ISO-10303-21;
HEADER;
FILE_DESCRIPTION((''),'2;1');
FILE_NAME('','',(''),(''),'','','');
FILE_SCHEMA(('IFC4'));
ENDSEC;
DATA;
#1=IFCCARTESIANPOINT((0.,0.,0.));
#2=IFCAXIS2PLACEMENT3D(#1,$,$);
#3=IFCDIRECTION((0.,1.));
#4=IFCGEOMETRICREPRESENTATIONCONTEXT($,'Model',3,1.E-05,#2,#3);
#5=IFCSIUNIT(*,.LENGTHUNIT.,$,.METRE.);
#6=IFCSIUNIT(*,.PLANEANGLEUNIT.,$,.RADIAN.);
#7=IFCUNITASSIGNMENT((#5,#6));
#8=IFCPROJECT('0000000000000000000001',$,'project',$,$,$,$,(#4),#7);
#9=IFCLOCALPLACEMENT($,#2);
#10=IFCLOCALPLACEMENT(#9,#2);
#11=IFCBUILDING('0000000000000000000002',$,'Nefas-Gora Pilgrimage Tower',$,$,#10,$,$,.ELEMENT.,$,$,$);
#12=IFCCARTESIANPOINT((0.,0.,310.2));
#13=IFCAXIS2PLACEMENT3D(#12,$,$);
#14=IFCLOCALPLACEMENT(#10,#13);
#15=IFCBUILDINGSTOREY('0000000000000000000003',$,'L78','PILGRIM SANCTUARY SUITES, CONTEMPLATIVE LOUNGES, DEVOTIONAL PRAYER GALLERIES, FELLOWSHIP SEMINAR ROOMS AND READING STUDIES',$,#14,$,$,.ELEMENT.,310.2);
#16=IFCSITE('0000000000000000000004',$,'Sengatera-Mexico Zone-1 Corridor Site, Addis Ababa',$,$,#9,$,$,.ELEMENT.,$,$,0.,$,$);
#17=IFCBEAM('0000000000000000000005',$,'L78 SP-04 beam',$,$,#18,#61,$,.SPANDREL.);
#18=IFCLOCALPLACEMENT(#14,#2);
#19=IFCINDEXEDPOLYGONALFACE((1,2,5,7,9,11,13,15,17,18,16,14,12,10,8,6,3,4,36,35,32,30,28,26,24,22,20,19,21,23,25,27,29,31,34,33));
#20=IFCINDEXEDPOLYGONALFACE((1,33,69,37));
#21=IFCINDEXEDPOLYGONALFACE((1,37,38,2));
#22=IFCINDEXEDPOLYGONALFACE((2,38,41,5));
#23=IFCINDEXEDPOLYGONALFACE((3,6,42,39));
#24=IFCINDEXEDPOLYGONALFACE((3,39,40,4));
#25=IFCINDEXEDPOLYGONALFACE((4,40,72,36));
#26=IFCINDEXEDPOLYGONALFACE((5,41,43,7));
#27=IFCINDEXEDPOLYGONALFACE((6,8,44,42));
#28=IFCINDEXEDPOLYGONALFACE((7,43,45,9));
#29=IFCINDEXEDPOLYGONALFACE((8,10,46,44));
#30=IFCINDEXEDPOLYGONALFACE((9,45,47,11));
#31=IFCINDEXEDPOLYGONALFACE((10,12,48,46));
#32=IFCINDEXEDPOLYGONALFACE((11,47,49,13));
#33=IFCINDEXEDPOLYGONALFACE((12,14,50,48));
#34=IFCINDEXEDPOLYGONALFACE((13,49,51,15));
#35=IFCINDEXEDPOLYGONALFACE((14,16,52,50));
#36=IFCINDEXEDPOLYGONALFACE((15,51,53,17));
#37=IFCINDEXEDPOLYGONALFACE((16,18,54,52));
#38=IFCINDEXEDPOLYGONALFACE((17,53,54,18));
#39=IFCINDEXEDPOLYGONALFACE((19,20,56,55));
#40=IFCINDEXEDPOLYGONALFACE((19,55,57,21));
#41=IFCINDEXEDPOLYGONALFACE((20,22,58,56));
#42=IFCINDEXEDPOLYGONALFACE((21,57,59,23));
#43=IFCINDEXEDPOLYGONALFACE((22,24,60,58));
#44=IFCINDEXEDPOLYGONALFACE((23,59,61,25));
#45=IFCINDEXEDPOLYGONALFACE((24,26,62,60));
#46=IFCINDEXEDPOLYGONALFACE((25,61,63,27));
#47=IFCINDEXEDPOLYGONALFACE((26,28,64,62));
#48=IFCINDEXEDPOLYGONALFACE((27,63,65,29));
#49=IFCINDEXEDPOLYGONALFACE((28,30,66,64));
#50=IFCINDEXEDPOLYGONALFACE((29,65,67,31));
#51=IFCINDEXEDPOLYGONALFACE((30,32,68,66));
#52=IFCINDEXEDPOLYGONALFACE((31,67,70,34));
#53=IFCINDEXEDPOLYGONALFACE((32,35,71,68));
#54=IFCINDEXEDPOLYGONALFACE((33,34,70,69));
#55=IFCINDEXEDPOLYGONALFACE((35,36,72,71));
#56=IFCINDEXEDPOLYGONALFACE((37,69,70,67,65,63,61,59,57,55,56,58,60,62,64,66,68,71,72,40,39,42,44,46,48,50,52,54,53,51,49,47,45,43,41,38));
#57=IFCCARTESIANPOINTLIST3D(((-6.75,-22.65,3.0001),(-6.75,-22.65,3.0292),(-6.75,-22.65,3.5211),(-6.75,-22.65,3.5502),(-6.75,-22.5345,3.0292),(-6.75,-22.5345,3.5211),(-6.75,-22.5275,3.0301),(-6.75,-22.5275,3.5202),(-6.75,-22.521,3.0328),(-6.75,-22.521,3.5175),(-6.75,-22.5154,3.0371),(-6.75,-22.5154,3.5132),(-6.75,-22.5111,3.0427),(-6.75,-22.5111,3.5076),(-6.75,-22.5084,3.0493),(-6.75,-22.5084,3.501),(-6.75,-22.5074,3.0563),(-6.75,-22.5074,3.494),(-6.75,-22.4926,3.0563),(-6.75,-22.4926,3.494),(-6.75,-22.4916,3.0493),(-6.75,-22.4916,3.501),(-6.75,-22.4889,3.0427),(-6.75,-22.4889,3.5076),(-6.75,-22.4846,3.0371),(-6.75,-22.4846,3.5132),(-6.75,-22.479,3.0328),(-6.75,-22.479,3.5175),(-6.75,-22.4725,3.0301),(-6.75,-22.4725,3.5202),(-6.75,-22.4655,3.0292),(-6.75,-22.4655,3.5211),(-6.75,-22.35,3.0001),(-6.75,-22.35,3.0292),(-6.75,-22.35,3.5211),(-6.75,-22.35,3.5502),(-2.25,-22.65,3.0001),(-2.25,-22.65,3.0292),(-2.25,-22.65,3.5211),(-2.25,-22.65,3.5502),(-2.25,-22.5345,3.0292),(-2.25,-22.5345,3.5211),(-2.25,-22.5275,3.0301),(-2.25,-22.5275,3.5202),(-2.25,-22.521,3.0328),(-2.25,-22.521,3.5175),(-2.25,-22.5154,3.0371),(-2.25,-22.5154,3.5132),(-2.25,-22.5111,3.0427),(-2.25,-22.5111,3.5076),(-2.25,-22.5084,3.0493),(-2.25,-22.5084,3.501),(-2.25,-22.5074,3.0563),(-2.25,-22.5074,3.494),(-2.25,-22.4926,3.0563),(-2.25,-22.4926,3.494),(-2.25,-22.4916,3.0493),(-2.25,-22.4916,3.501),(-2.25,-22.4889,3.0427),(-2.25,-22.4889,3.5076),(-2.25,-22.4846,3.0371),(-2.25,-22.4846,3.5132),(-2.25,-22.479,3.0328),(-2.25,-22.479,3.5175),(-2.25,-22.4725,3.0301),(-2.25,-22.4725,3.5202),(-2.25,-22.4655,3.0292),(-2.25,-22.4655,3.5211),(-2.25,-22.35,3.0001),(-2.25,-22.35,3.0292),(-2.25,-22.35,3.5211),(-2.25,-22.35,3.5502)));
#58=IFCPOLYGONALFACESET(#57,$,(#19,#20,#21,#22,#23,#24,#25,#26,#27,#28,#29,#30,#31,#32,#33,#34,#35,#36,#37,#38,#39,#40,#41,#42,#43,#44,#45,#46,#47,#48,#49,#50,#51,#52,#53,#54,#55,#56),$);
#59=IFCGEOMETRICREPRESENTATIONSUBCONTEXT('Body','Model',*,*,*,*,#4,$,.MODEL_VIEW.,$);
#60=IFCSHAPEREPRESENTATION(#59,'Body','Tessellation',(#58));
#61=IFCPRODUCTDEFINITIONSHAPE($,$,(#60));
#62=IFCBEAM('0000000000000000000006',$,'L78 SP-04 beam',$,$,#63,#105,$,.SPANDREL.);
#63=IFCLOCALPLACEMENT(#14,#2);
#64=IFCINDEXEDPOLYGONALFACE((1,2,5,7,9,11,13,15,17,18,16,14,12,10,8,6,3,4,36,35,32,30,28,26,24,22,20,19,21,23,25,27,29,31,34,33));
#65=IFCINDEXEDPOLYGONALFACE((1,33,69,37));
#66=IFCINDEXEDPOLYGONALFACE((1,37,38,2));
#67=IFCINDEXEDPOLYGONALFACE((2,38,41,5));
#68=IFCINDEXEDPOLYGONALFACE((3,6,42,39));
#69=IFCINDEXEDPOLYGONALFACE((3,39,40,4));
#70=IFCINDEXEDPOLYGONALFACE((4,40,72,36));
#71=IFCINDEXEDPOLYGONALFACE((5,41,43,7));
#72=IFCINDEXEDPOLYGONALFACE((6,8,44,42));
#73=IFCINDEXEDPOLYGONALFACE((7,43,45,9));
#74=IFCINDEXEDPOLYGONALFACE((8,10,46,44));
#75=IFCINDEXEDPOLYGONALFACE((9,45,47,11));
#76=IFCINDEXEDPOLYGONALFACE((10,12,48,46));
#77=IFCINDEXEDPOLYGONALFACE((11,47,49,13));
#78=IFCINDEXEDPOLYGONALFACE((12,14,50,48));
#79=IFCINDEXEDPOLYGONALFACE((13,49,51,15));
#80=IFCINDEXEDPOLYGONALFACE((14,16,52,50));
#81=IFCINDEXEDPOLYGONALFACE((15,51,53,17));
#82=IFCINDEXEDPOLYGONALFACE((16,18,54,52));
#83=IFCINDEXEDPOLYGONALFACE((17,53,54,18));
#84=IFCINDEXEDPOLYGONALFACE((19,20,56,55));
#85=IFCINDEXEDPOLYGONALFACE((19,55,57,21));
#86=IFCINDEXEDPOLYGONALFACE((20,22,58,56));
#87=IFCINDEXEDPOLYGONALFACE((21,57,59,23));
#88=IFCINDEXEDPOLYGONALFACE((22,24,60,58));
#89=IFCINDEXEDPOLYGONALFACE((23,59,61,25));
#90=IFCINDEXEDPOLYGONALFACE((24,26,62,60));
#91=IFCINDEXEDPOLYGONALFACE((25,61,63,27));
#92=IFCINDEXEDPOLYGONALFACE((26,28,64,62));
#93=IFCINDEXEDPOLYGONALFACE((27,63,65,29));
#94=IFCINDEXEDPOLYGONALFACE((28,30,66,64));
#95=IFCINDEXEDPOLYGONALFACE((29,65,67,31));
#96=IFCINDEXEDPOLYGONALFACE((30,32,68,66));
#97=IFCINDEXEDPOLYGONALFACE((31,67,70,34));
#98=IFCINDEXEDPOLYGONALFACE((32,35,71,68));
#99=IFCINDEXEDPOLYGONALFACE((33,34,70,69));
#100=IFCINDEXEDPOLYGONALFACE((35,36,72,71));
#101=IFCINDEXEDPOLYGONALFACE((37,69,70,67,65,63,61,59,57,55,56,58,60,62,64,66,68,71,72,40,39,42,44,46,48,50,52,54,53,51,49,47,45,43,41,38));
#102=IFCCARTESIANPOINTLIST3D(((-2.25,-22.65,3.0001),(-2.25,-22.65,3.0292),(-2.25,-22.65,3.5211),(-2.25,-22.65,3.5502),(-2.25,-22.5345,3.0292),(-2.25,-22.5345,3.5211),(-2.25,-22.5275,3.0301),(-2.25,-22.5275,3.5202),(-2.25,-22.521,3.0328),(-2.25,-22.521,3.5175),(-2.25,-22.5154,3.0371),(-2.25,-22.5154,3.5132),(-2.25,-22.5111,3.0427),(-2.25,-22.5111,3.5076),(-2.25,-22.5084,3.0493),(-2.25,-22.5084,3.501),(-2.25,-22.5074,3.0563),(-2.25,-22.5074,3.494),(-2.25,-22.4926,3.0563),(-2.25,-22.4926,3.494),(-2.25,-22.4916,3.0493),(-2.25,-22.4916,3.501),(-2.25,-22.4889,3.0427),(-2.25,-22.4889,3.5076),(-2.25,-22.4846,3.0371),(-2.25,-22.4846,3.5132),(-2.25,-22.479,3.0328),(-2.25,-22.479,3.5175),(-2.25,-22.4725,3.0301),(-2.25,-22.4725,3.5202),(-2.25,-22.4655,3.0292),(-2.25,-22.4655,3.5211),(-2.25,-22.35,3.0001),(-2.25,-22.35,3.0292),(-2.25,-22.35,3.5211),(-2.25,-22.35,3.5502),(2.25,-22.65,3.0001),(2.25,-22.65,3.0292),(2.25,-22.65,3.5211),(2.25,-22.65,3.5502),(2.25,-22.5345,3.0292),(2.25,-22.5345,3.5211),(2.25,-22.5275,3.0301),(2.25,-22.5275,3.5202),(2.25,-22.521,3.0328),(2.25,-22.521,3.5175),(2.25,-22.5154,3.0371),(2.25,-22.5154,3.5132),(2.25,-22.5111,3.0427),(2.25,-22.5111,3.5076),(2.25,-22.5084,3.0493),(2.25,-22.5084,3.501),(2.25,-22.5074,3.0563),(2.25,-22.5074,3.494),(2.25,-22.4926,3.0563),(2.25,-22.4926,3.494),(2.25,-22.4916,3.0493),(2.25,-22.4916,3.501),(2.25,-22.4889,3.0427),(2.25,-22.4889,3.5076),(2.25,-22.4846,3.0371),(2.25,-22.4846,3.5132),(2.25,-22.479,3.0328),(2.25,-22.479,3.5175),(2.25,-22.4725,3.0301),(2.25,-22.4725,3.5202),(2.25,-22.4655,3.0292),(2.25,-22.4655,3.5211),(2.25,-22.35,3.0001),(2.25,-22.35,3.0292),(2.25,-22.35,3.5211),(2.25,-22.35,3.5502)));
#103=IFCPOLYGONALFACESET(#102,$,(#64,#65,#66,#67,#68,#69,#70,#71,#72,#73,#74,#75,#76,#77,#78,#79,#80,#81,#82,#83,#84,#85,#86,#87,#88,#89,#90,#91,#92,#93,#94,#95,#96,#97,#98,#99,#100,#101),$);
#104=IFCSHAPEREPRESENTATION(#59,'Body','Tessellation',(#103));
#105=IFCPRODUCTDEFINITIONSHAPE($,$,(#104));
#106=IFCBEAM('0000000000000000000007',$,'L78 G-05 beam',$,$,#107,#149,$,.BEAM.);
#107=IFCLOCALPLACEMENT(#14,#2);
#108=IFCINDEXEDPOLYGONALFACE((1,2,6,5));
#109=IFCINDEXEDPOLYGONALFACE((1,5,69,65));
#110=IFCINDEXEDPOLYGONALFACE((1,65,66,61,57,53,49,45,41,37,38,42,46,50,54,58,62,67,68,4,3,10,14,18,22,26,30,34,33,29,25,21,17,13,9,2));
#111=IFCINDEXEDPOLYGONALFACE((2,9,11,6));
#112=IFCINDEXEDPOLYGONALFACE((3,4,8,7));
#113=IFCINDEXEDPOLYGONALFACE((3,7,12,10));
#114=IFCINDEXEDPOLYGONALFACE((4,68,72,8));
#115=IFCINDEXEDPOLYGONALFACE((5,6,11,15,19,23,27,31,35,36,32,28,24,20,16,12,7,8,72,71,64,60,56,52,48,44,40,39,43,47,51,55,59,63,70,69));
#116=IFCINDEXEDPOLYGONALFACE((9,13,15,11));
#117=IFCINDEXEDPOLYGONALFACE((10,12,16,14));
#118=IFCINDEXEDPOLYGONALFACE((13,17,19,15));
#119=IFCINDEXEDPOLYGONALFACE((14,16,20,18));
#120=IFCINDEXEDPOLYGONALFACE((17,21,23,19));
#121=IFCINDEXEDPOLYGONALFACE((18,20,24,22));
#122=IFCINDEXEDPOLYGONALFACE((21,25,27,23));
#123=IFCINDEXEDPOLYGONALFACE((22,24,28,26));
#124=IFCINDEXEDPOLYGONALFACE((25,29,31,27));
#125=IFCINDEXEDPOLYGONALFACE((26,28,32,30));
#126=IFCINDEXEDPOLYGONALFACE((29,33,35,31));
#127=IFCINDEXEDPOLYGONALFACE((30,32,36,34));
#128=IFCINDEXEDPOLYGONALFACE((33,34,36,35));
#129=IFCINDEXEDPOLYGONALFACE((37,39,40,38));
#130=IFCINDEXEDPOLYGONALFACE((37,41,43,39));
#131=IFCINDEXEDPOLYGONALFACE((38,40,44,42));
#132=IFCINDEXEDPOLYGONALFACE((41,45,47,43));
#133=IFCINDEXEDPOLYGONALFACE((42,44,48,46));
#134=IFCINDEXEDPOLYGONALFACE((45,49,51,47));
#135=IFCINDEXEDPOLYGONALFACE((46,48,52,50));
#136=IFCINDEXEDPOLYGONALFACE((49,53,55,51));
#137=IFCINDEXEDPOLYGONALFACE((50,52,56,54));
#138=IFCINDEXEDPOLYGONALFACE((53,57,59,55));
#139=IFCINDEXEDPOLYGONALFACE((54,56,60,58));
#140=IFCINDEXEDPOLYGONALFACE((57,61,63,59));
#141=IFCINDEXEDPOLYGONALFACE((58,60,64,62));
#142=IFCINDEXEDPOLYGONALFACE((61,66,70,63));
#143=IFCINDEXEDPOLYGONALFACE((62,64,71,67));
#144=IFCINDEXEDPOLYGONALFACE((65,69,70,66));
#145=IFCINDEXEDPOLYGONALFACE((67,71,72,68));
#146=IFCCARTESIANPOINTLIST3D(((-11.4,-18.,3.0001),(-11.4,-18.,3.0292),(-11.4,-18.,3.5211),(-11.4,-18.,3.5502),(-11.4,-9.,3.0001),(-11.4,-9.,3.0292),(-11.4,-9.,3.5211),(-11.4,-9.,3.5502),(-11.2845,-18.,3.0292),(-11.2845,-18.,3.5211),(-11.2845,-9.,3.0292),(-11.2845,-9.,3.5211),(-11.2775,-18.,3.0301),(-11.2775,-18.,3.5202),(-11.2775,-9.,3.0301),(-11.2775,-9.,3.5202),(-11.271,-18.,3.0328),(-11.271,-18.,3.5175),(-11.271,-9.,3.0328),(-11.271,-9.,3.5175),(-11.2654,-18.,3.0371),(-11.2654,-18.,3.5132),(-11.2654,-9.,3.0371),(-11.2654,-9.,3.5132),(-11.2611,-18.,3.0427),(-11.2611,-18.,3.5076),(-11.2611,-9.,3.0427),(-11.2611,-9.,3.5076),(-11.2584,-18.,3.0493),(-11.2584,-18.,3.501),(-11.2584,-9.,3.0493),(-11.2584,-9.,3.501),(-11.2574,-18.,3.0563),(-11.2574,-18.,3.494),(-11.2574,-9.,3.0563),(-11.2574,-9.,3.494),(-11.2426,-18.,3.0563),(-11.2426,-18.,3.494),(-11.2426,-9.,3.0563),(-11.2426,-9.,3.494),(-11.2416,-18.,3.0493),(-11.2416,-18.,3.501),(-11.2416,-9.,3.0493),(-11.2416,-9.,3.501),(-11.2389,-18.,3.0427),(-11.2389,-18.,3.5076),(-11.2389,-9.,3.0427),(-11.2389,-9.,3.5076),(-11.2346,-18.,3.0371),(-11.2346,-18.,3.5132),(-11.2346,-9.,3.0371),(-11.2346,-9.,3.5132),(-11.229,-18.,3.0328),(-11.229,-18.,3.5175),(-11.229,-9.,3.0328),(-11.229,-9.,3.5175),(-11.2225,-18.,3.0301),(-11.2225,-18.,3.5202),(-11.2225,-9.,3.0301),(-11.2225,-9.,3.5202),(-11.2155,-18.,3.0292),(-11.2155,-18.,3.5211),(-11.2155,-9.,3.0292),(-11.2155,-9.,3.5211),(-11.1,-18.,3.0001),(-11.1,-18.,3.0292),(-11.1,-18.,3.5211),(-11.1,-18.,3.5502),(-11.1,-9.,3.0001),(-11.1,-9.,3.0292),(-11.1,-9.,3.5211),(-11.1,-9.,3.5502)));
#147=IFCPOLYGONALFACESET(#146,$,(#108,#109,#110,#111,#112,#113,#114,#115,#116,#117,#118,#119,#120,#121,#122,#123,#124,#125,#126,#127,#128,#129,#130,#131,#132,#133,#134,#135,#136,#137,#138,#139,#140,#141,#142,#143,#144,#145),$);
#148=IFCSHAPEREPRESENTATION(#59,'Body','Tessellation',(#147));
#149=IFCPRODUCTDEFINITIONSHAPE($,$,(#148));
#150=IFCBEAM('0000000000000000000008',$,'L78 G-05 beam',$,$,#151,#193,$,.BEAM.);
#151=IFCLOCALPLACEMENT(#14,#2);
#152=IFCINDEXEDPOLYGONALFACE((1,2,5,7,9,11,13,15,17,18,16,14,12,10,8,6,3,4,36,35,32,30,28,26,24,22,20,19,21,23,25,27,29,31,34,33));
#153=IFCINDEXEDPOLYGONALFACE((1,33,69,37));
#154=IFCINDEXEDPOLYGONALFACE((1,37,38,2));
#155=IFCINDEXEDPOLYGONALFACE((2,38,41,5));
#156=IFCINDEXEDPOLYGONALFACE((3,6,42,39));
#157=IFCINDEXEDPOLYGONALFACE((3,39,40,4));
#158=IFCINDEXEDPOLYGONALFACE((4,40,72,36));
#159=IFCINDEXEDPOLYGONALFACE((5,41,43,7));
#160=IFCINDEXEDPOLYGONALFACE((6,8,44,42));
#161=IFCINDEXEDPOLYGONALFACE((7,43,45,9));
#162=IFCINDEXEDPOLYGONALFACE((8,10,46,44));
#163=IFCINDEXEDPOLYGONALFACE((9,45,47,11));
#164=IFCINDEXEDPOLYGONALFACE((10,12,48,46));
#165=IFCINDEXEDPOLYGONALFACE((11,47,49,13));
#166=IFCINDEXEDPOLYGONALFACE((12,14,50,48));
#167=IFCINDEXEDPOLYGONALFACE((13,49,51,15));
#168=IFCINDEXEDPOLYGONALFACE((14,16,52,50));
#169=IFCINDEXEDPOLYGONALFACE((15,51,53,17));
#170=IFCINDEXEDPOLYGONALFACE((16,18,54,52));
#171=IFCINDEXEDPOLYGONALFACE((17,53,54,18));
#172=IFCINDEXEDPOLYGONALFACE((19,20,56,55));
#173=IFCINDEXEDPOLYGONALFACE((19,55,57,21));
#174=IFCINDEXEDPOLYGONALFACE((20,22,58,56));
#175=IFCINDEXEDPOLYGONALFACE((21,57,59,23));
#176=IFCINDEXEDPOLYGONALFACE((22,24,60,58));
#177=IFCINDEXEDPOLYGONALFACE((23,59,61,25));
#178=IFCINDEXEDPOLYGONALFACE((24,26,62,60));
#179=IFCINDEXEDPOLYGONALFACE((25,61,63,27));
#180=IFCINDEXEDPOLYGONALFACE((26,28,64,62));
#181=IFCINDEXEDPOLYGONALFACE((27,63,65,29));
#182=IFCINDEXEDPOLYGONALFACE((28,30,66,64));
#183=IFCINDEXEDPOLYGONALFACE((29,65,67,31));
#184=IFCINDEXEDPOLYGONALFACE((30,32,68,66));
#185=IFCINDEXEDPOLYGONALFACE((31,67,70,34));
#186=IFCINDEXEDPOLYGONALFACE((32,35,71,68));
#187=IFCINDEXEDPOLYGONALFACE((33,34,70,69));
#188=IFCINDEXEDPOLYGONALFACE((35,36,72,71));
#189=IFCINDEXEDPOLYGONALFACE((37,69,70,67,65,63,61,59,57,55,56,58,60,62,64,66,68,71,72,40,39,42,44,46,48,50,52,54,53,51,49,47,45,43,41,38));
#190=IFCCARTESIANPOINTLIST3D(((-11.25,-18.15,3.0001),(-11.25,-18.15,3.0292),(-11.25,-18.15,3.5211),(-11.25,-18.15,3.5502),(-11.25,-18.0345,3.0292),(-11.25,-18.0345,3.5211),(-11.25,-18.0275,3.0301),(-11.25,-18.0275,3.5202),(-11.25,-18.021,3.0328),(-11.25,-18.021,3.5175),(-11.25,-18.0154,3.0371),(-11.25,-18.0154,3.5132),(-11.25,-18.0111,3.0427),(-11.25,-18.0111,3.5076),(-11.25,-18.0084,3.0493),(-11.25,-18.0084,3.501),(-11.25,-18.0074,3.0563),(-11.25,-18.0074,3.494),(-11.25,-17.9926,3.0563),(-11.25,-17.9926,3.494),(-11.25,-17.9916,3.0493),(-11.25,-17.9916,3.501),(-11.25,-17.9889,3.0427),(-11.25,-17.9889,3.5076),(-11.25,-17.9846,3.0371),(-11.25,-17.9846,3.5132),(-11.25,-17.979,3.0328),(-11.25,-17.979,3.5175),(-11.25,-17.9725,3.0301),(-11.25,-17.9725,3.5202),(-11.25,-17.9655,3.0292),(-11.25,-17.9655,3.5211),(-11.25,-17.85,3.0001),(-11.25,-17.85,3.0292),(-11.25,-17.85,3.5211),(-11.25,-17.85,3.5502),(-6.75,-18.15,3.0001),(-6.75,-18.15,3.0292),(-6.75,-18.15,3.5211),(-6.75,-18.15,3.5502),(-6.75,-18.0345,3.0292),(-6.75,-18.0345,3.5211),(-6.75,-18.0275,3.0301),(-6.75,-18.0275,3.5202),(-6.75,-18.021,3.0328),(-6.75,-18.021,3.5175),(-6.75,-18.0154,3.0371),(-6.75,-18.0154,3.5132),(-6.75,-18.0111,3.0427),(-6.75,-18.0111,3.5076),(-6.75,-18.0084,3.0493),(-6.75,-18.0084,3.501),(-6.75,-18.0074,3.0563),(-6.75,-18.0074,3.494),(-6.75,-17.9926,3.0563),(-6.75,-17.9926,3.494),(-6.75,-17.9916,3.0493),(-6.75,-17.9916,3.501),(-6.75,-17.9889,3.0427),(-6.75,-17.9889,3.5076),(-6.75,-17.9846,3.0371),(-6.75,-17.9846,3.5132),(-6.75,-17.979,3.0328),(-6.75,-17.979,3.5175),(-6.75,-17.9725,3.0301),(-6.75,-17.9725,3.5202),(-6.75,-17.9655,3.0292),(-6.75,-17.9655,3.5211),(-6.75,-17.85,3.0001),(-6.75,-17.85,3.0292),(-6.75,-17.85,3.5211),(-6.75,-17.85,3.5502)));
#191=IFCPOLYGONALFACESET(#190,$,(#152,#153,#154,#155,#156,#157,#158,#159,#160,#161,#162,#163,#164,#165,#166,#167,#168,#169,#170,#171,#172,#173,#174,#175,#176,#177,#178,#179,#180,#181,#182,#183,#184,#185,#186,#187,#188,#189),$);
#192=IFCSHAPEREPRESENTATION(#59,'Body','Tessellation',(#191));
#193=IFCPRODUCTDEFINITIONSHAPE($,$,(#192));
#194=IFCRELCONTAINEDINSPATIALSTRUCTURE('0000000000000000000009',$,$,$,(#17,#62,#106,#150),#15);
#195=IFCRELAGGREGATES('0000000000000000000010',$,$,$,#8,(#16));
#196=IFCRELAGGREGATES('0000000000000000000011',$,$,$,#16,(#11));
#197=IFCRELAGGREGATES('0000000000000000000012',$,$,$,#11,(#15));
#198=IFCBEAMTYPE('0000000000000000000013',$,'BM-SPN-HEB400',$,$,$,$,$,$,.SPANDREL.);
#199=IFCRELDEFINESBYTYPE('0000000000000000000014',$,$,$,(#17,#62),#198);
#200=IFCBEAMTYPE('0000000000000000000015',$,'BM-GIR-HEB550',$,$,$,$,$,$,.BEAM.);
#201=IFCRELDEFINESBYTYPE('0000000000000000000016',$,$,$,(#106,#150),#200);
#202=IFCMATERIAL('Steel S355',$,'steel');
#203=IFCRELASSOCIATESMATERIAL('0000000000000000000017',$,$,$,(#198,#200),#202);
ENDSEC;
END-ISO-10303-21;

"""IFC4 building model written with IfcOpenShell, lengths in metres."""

from ifc_helpers import new_model, si_unit, direction, frame, origin, origin_2d, place, context, subcontext, project, spatial, i_section, extrude, source, transform, mapped, material, material_profile, profile_set, type_object, element, save


model = new_model("IFC4")

# Units and contexts
model_context = context("Model", 3, precision=1e-05, world=origin(), true_north=direction((0.0, 1.0)))
body_context = subcontext(model_context, "Body", "Model", "MODEL_VIEW")
ifc_project = project(units=[si_unit("LENGTHUNIT", "METRE"), si_unit("PLANEANGLEUNIT", "RADIAN")], contexts=[model_context])

# Site, building, storey
site_placement = place(None, origin())
site = spatial("IfcSite", under=ifc_project, at=site_placement, Name="Sengatera-Mexico Zone-1 Corridor Site, Addis Ababa", CompositionType="ELEMENT", RefElevation=0.0)
building_placement = place(site_placement, origin())
building = spatial("IfcBuilding", under=site, at=building_placement, Name="Nefas-Gora Pilgrimage Tower", CompositionType="ELEMENT")
storey_placement = place(building_placement, frame((0.0, 0.0, 310.2)))
storey = spatial("IfcBuildingStorey", under=building, at=storey_placement, Name="L78", Description="PILGRIM SANCTUARY SUITES, CONTEMPLATIVE LOUNGES, DEVOTIONAL PRAYER GALLERIES, FELLOWSHIP SEMINAR ROOMS AND READING STUDIES", CompositionType="ELEMENT", Elevation=310.2)

# Shared definitions
ifc_material_1 = material(Name="Steel S355", Category="steel")

# Beams
ifc_material_profile_1 = material_profile(ifc_material_1, i_section(OverallWidth=0.3, OverallDepth=0.55, WebThickness=0.0149, FlangeThickness=0.0291, FilletRadius=0.0271, at=origin_2d()), Name="HEB 550")
ifc_profile_set_1 = profile_set([ifc_material_profile_1], Name="Steel S355")
beam_type_1 = type_object("IfcBeamType", Name="BM-SPN-HEB400", PredefinedType="SPANDREL", material=ifc_profile_set_1)
shared_shape_1 = source(origin(), body_context, "Body", "SweptSolid", [
    extrude(i_section(OverallWidth=0.3, OverallDepth=0.55, WebThickness=0.0149, FlangeThickness=0.0291, FilletRadius=0.0271, at=origin_2d()), origin(), (0.0, 0.0, 1.0), 4.5),
])
for number, where, z_axis, x_axis, name in (
    (1, (-6.75, -22.5, 3.2751), (1.0, 0.0, 0.0), (0.0, 1.0, 0.0), "L78 SP-04 beam"),
    (2, (-2.25, -22.5, 3.2751), (1.0, 0.0, 0.0), (0.0, 1.0, 0.0), "L78 SP-04 beam"),
):
    element("IfcBeam", number, at=place(storey_placement, frame(where, z_axis=z_axis, x_axis=x_axis)), inside=storey, type_object=beam_type_1, Name=name, PredefinedType="SPANDREL", context=body_context, shape_type="MappedRepresentation", body=[
        mapped(shared_shape_1, transform((0.0, 0.0, 0.0), x_axis=(1.0, 0.0, 0.0), y_axis=(0.0, 1.0, 0.0), z_axis=(0.0, 0.0, 1.0), scale=1.0)),
    ])
ifc_material_profile_2 = material_profile(ifc_material_1, i_section(OverallWidth=0.3, OverallDepth=0.55, WebThickness=0.0149, FlangeThickness=0.0291, FilletRadius=0.0271, at=origin_2d()), Name="HEB 550")
ifc_profile_set_2 = profile_set([ifc_material_profile_2], Name="Steel S355")
beam_type_2 = type_object("IfcBeamType", Name="BM-GIR-HEB550", PredefinedType="BEAM", material=ifc_profile_set_2)
shared_shape_2 = source(origin(), body_context, "Body", "SweptSolid", [
    extrude(i_section(OverallWidth=0.3, OverallDepth=0.55, WebThickness=0.0149, FlangeThickness=0.0291, FilletRadius=0.0271, at=origin_2d()), origin(), (0.0, 0.0, 1.0), 9.0),
])
beam_placement = place(storey_placement, frame((-11.25, -18.0, 3.2751), z_axis=(0.0, 1.0, 0.0), x_axis=(-1.0, 0.0, 0.0)))
element("IfcBeam", 3, at=beam_placement, inside=storey, type_object=beam_type_2, Name="L78 G-05 beam", PredefinedType="BEAM", context=body_context, shape_type="MappedRepresentation", body=[
    mapped(shared_shape_2, transform((0.0, 0.0, 0.0), x_axis=(1.0, 0.0, 0.0), y_axis=(0.0, 1.0, 0.0), z_axis=(0.0, 0.0, 1.0), scale=1.0)),
])
shared_shape_3 = source(origin(), body_context, "Body", "SweptSolid", [
    extrude(i_section(OverallWidth=0.3, OverallDepth=0.55, WebThickness=0.0149, FlangeThickness=0.0291, FilletRadius=0.0271, at=origin_2d()), origin(), (0.0, 0.0, 1.0), 4.5),
])
for number, where, z_axis, x_axis, name in (
    (4, (-11.25, -18.0, 3.2751), (1.0, 0.0, 0.0), (0.0, 1.0, 0.0), "L78 G-05 beam"),
):
    element("IfcBeam", number, at=place(storey_placement, frame(where, z_axis=z_axis, x_axis=x_axis)), inside=storey, type_object=beam_type_2, Name=name, PredefinedType="BEAM", context=body_context, shape_type="MappedRepresentation", body=[
        mapped(shared_shape_3, transform((0.0, 0.0, 0.0), x_axis=(1.0, 0.0, 0.0), y_axis=(0.0, 1.0, 0.0), z_axis=(0.0, 0.0, 1.0), scale=1.0)),
    ])

save(model, "model.ifc")
